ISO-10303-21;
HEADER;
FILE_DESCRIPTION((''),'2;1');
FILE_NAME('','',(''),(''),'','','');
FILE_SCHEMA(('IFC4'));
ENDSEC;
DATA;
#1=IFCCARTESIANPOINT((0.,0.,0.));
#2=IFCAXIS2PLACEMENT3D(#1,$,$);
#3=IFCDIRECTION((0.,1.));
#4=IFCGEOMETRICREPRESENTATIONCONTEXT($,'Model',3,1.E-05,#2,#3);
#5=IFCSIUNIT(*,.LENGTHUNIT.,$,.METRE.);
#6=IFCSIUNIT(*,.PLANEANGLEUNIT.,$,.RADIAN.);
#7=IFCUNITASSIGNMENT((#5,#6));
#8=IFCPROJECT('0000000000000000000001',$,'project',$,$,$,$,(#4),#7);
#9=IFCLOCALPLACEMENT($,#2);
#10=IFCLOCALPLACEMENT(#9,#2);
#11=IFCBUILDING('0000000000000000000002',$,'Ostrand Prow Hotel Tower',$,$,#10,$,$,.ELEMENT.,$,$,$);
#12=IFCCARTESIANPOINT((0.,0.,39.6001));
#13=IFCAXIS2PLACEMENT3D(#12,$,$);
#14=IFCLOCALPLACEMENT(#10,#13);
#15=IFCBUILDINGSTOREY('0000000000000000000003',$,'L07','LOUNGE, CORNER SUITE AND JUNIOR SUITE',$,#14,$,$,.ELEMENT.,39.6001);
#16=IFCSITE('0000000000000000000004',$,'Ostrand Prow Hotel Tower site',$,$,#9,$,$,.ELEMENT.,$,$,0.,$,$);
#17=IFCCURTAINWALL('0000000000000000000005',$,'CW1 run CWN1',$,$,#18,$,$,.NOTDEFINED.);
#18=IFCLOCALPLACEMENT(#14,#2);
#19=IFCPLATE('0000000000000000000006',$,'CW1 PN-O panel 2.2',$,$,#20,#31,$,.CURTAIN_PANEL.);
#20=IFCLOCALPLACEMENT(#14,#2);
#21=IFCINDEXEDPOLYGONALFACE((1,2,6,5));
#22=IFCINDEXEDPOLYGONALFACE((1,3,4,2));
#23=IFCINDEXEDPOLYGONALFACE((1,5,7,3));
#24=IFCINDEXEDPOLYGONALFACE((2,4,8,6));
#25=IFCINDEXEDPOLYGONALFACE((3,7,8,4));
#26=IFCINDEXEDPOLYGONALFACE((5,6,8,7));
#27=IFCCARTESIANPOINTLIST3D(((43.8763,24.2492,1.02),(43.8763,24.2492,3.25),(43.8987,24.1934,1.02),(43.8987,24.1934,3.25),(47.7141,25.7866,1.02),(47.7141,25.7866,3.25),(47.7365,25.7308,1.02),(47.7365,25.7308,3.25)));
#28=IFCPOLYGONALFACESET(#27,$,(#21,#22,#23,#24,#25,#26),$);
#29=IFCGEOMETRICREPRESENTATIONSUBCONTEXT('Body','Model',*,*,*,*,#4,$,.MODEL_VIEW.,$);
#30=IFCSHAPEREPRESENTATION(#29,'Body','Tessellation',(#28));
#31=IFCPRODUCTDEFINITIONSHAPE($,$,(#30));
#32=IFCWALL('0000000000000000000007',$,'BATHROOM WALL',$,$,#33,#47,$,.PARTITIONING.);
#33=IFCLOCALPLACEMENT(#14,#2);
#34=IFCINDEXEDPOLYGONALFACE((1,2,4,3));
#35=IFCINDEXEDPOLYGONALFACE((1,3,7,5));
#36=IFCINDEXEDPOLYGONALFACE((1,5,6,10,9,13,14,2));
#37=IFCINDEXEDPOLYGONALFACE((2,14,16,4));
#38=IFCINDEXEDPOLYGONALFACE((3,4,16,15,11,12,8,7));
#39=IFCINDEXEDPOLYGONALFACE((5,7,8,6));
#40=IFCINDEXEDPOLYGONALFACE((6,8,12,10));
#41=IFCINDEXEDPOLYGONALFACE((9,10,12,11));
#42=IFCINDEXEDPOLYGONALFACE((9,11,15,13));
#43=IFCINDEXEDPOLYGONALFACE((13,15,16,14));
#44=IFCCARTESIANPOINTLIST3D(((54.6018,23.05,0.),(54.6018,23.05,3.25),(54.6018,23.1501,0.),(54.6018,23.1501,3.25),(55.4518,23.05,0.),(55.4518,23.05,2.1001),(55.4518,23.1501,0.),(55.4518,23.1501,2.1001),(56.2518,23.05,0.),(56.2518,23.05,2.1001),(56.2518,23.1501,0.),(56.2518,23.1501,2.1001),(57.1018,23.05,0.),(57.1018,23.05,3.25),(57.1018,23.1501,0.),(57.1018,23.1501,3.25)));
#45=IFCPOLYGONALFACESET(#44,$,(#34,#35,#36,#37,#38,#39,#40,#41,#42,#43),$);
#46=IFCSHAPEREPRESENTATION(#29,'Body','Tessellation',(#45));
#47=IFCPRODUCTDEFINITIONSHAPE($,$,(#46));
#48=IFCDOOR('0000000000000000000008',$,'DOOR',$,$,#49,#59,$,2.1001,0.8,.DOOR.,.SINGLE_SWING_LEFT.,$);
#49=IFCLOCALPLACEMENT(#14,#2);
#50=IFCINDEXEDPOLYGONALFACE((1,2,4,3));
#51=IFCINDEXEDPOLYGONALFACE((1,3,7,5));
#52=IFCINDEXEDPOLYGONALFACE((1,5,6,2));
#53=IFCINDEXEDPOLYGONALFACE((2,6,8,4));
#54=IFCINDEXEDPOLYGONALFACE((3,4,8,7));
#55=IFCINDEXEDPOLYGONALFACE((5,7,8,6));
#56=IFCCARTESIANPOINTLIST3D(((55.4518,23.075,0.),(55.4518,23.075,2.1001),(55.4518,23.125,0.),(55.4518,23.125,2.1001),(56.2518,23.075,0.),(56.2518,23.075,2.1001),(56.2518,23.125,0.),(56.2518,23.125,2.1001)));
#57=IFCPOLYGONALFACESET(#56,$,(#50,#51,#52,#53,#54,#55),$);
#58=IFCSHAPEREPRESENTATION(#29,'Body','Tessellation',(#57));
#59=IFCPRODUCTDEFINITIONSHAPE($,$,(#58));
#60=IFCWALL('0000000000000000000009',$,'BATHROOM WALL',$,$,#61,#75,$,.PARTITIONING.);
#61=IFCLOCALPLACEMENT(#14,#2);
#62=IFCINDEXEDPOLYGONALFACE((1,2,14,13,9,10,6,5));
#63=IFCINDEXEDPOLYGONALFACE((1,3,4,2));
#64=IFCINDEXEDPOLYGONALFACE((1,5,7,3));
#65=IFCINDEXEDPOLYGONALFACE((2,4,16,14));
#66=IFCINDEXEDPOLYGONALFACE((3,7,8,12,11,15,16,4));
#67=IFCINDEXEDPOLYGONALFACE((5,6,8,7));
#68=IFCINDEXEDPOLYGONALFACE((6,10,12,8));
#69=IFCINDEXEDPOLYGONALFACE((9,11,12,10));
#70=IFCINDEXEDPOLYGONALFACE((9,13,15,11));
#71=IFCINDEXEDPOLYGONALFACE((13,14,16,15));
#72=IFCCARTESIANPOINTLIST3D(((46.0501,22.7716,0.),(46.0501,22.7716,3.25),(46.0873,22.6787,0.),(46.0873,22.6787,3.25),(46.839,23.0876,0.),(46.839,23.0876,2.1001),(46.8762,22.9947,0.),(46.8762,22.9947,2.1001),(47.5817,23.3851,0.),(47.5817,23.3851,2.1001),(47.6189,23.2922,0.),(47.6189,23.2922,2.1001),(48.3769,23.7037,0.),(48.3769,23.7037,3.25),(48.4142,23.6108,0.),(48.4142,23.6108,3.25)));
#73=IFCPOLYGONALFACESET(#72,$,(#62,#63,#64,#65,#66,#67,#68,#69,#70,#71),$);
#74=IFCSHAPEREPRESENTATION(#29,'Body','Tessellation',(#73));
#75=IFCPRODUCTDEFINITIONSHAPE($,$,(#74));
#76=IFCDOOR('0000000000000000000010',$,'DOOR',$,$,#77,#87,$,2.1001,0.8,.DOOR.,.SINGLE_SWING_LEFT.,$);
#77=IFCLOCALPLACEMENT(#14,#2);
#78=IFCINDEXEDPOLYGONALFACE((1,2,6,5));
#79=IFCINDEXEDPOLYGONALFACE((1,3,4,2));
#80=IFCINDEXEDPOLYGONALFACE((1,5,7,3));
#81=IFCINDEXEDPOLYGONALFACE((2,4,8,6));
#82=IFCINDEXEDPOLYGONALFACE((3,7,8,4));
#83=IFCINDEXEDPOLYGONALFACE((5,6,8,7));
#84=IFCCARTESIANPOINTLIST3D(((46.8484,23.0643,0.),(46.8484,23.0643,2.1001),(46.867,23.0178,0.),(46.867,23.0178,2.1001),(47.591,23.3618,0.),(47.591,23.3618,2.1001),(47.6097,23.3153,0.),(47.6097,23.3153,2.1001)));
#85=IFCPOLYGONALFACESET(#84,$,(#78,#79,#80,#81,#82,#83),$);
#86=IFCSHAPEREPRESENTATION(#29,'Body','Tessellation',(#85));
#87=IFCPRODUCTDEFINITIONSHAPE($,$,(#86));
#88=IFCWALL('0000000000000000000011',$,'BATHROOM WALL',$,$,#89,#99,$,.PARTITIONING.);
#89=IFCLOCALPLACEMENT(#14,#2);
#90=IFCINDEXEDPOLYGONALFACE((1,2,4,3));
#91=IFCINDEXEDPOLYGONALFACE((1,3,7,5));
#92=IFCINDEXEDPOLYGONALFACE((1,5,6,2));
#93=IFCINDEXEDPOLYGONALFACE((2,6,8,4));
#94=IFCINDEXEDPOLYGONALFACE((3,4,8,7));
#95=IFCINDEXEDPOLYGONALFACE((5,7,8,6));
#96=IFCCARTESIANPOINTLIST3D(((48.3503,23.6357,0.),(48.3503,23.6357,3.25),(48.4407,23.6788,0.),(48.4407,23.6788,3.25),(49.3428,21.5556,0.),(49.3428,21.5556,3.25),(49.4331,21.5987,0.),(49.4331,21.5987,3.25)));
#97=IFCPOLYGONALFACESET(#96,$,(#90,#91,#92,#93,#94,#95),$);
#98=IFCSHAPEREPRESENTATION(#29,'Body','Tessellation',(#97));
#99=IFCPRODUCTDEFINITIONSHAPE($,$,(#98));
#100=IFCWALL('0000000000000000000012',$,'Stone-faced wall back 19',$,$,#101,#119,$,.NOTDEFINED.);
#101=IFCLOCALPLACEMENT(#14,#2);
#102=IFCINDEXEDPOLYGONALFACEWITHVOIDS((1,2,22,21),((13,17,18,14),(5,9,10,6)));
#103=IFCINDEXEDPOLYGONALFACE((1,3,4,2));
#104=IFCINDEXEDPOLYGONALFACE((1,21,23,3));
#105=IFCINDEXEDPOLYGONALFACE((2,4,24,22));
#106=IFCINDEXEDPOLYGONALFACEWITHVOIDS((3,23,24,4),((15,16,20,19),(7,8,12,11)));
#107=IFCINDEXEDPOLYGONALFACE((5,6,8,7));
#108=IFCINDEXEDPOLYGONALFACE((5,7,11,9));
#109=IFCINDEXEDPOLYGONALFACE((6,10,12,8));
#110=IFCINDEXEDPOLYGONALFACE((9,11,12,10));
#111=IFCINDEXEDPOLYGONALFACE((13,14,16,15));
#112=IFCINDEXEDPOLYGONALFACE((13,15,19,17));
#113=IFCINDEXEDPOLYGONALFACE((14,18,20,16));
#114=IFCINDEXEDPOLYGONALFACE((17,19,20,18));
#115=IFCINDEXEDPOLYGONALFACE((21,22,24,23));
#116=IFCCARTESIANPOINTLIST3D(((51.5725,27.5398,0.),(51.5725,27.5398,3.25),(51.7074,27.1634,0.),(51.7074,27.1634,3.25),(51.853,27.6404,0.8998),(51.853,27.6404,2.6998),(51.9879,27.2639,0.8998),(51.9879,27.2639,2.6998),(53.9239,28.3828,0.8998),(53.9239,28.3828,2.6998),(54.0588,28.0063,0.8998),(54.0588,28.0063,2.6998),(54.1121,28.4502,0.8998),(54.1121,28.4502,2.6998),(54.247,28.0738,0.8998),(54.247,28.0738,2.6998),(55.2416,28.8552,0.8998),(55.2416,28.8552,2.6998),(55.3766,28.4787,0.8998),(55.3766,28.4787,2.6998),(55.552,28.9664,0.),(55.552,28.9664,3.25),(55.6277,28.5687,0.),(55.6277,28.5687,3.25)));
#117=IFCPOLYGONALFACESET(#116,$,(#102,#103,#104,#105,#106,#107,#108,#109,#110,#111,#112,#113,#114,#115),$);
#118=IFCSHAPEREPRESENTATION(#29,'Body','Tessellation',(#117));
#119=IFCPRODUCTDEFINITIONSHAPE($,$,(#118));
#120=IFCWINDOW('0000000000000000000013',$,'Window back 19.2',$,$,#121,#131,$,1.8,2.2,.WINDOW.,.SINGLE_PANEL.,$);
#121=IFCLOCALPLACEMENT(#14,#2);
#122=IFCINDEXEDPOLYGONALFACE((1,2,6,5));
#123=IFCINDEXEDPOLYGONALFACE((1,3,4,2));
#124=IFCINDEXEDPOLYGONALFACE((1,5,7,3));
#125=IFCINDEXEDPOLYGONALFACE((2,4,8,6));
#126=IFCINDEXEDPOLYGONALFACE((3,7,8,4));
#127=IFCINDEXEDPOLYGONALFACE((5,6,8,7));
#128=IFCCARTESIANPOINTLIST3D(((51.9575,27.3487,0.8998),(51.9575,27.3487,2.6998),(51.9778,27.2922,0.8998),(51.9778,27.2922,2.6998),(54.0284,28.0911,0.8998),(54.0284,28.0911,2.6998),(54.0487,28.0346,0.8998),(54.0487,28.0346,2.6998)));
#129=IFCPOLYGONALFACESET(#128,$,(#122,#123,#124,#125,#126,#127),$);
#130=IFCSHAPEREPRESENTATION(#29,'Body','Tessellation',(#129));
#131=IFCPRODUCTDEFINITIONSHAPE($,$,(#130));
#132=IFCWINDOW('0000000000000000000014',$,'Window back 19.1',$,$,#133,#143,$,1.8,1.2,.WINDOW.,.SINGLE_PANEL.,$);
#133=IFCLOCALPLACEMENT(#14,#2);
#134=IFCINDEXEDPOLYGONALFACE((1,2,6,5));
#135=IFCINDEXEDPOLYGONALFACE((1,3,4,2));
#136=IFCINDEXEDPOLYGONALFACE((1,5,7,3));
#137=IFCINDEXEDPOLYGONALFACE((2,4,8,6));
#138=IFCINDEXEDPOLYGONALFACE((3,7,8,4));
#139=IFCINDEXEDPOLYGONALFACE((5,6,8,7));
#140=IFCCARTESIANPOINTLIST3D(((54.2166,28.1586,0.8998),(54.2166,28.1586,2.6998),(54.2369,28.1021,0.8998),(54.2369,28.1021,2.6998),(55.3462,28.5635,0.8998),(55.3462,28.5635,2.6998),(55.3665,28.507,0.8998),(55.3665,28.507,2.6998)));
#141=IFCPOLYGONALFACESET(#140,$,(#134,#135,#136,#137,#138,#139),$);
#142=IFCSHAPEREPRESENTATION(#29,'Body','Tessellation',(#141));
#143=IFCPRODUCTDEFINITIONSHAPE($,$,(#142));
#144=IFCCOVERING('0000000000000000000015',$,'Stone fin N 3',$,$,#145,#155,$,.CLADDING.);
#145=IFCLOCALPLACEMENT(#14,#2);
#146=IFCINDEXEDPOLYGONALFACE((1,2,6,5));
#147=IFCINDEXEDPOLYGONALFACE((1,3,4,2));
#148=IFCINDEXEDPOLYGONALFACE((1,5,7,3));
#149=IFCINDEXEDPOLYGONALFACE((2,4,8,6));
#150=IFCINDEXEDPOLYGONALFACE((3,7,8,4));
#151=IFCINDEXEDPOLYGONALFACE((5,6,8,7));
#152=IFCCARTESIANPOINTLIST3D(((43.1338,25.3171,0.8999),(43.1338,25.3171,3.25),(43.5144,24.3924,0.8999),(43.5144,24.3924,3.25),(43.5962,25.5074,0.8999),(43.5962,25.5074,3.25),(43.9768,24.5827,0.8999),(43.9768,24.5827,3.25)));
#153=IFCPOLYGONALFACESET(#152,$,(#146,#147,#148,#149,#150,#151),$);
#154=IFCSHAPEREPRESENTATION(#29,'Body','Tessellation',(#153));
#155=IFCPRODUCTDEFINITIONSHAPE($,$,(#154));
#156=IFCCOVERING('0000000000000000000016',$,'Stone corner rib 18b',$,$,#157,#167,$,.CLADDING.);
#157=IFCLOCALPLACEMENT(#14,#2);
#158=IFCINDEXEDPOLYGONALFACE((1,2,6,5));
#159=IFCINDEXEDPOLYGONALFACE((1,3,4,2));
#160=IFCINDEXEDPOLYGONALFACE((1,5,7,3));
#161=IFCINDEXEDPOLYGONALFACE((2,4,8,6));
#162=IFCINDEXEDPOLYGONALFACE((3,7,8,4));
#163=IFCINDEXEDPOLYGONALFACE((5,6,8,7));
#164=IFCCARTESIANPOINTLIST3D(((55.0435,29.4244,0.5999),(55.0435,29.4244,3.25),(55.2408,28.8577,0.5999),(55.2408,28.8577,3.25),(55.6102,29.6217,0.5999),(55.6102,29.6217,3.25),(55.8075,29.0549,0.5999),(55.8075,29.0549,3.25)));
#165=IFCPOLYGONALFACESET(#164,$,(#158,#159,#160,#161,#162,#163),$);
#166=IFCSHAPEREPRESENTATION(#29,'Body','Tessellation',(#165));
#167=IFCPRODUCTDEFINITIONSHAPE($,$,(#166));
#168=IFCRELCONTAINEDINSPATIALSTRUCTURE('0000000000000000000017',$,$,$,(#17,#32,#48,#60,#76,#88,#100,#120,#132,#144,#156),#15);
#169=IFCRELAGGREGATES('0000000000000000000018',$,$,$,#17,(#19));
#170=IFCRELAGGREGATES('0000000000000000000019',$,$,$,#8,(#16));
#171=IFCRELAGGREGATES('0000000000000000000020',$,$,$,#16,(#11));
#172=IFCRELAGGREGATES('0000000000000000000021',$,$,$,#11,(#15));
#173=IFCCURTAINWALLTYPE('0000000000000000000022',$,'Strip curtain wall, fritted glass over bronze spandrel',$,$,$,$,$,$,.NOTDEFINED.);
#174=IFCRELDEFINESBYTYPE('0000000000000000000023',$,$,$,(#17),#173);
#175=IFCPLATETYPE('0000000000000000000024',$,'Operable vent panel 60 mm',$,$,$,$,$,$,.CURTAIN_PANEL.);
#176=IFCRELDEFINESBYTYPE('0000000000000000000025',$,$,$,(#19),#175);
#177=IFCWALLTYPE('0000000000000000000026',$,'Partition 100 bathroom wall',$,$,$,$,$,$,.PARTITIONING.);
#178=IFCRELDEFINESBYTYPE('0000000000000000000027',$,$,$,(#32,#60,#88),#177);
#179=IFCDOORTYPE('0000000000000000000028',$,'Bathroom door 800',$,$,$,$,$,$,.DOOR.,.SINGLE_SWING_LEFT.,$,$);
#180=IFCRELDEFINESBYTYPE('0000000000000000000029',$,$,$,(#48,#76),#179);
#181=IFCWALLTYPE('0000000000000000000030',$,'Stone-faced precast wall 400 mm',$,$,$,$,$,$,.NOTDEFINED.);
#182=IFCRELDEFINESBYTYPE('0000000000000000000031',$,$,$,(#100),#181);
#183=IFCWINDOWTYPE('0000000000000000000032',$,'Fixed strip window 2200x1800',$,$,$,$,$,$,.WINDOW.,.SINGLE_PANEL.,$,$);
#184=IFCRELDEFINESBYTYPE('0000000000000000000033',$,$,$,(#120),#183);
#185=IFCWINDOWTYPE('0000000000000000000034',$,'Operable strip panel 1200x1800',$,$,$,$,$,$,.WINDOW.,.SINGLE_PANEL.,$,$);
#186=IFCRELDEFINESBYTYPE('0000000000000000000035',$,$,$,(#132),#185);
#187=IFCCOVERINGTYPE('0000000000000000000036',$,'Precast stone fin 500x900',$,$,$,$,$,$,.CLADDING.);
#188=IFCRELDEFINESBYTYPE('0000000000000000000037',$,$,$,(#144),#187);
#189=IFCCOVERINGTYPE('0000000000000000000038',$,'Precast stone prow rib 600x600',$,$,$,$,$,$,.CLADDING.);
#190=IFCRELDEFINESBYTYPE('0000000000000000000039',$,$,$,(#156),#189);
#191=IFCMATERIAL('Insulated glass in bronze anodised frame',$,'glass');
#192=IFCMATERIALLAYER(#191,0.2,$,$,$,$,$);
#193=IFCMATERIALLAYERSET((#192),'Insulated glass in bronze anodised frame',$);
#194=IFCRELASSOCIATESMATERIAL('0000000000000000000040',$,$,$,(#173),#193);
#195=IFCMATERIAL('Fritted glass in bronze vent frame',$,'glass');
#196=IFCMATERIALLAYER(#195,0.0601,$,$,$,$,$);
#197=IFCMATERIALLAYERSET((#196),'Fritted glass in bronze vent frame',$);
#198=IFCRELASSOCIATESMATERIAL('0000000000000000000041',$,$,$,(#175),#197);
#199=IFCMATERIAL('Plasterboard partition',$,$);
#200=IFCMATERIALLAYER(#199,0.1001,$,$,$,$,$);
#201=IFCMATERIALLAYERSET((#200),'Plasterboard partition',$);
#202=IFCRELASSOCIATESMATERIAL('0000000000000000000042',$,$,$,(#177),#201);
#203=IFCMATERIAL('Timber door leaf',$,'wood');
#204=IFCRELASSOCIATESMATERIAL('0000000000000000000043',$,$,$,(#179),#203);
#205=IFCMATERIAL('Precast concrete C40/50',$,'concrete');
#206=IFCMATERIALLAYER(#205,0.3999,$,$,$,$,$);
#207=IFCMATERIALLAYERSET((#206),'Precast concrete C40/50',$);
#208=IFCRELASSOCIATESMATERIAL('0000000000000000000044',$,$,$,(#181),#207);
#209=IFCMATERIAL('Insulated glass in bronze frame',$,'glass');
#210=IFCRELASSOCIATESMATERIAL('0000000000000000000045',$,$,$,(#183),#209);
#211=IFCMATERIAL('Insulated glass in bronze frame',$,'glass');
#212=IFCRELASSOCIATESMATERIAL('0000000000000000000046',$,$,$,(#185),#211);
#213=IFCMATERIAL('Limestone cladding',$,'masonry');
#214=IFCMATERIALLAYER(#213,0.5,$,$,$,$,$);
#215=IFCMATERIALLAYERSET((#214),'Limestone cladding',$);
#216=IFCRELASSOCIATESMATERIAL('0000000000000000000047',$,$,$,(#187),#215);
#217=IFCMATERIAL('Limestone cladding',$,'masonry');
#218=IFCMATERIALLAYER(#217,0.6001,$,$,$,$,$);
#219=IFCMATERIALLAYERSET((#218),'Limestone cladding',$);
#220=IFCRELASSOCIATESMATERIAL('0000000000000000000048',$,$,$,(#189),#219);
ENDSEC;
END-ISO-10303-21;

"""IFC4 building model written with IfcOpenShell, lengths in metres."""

from ifc_helpers import new_model, si_unit, direction, frame, frame_2d, origin, origin_2d, place, context, subcontext, project, spatial, polyline, rectangle, outline, extrude, material, layer, layer_set, type_object, element, fill, aggregate, save


model = new_model("IFC4")

# Units and contexts
model_context = context("Model", 3, precision=1e-05, world=origin(), true_north=direction((0.0, 1.0)))
body_context = subcontext(model_context, "Body", "Model", "MODEL_VIEW")
ifc_project = project(units=[si_unit("LENGTHUNIT", "METRE"), si_unit("PLANEANGLEUNIT", "RADIAN")], contexts=[model_context])

# Site, building, storey
site_placement = place(None, origin())
site = spatial("IfcSite", under=ifc_project, at=site_placement, Name="Ostrand Prow Hotel Tower site", CompositionType="ELEMENT", RefElevation=0.0)
building_placement = place(site_placement, origin())
building = spatial("IfcBuilding", under=site, at=building_placement, Name="Ostrand Prow Hotel Tower", CompositionType="ELEMENT")
storey_placement = place(building_placement, frame((0.0, 0.0, 39.6001)))
storey = spatial("IfcBuildingStorey", under=building, at=storey_placement, Name="L07", Description="LOUNGE, CORNER SUITE AND JUNIOR SUITE", CompositionType="ELEMENT", Elevation=39.6001)

# Curtain wall
ifc_material_1 = material(Name="Insulated glass in bronze anodised frame", Category="glass")
ifc_layer_1 = layer(ifc_material_1, 0.2)
ifc_layer_set_1 = layer_set([ifc_layer_1], Name="Insulated glass in bronze anodised frame")
curtain_wall_type = type_object("IfcCurtainWallType", Name="Strip curtain wall, fritted glass over bronze spandrel", PredefinedType="NOTDEFINED", material=ifc_layer_set_1)
curtain_wall_1_placement = place(storey_placement, origin())
curtain_wall_1 = element("IfcCurtainWall", 1, at=curtain_wall_1_placement, inside=storey, type_object=curtain_wall_type, Name="CW1 run CWN1", PredefinedType="NOTDEFINED")

# Plate
ifc_material_2 = material(Name="Fritted glass in bronze vent frame", Category="glass")
ifc_layer_2 = layer(ifc_material_2, 0.0601)
ifc_layer_set_2 = layer_set([ifc_layer_2], Name="Fritted glass in bronze vent frame")
plate_type_1 = type_object("IfcPlateType", Name="Operable vent panel 60 mm", PredefinedType="CURTAIN_PANEL", material=ifc_layer_set_2)
plate_1_placement = place(storey_placement, frame((45.8064, 24.99, 1.02), z_axis=(0.0, 0.0, 1.0), x_axis=(-0.928283, -0.371873, 0.0)))
plate_1 = element("IfcPlate", 2, at=plate_1_placement, type_object=plate_type_1, Name="CW1 PN-O panel 2.2", PredefinedType="CURTAIN_PANEL", context=body_context, shape_type="SweptSolid", body=[
    extrude(rectangle(XDim=4.1343, YDim=0.0601, at=origin_2d()), origin(), (0.0, 0.0, 1.0), 2.23),
])
aggregate(curtain_wall_1, [plate_1])

# Walls, openings, doors
ifc_material_3 = material(Name="Plasterboard partition")
ifc_layer_3 = layer(ifc_material_3, 0.1001)
ifc_layer_set_3 = layer_set([ifc_layer_3], Name="Plasterboard partition")
wall_type_1 = type_object("IfcWallType", Name="Partition 100 bathroom wall", PredefinedType="PARTITIONING", material=ifc_layer_set_3)
wall_1_placement = place(storey_placement, frame((54.6018, 23.1001, 0.0), z_axis=(0.0, 0.0, 1.0), x_axis=(1.0, 0.0, 0.0)))
wall_1 = element("IfcWall", 3, at=wall_1_placement, inside=storey, type_object=wall_type_1, Name="BATHROOM WALL", PredefinedType="PARTITIONING", context=body_context, shape_type="SweptSolid", body=[
    extrude(rectangle(XDim=2.5, YDim=0.1001, at=frame_2d((1.25, 0.0))), origin(), (0.0, 0.0, 1.0), 3.25),
])
opening_1_placement = place(wall_1_placement, frame((0.8501, 0.0, 0.0)))
opening_1 = element("IfcOpeningElement", 4, at=opening_1_placement, cuts=wall_1, PredefinedType="OPENING", context=body_context, shape_type="SweptSolid", body=[
    extrude(rectangle(XDim=0.8, YDim=2.1001, at=frame_2d((0.3999, 1.05))), frame((0.0, 0.0601, 0.0), z_axis=(0.0, -1.0, 0.0), x_axis=(1.0, 0.0, 0.0)), (0.0, 0.0, 1.0), 0.1201),
])
ifc_material_4 = material(Name="Timber door leaf", Category="wood")
door_type = type_object("IfcDoorType", Name="Bathroom door 800", OperationType="SINGLE_SWING_LEFT", PredefinedType="DOOR", material=ifc_material_4)
door_1_placement = place(opening_1_placement, origin())
door_1 = element("IfcDoor", 5, at=door_1_placement, inside=storey, type_object=door_type, Name="DOOR", OperationType="SINGLE_SWING_LEFT", OverallHeight=2.1001, OverallWidth=0.8, PredefinedType="DOOR", context=body_context, shape_type="SweptSolid", body=[
    extrude(rectangle(XDim=0.8, YDim=2.1001, at=frame_2d((0.3999, 1.05))), frame((0.0, 0.0249, 0.0), z_axis=(0.0, -1.0, 0.0), x_axis=(1.0, 0.0, 0.0)), (0.0, 0.0, 1.0), 0.05),
])
fill(opening_1, door_1)
wall_2_placement = place(storey_placement, frame((46.0686, 22.7251, 0.0), z_axis=(0.0, 0.0, 1.0), x_axis=(0.928288, 0.371861, 0.0)))
wall_2 = element("IfcWall", 6, at=wall_2_placement, inside=storey, type_object=wall_type_1, Name="BATHROOM WALL", PredefinedType="PARTITIONING", context=body_context, shape_type="SweptSolid", body=[
    extrude(rectangle(XDim=2.5066, YDim=0.1001, at=frame_2d((1.2534, 0.0))), origin(), (0.0, 0.0, 1.0), 3.25),
])
opening_2_placement = place(wall_2_placement, frame((0.8501, 0.0, 0.0)))
opening_2 = element("IfcOpeningElement", 7, at=opening_2_placement, cuts=wall_2, PredefinedType="OPENING", context=body_context, shape_type="SweptSolid", body=[
    extrude(rectangle(XDim=0.8, YDim=2.1001, at=frame_2d((0.3999, 1.05))), frame((0.0, 0.0601, 0.0), z_axis=(0.0, -1.0, 0.0), x_axis=(1.0, 0.0, 0.0)), (0.0, 0.0, 1.0), 0.1201),
])
door_2_placement = place(opening_2_placement, origin())
door_2 = element("IfcDoor", 8, at=door_2_placement, inside=storey, type_object=door_type, Name="DOOR", OperationType="SINGLE_SWING_LEFT", OverallHeight=2.1001, OverallWidth=0.8, PredefinedType="DOOR", context=body_context, shape_type="SweptSolid", body=[
    extrude(rectangle(XDim=0.8, YDim=2.1001, at=frame_2d((0.3999, 1.05))), frame((0.0, 0.0249, 0.0), z_axis=(0.0, -1.0, 0.0), x_axis=(1.0, 0.0, 0.0)), (0.0, 0.0, 1.0), 0.05),
])
fill(opening_2, door_2)

# Wall
wall_3_placement = place(storey_placement, frame((48.3955, 23.6572, 0.0), z_axis=(0.0, 0.0, 1.0), x_axis=(0.430612, -0.902537, 0.0)))
element("IfcWall", 9, at=wall_3_placement, inside=storey, type_object=wall_type_1, Name="BATHROOM WALL", PredefinedType="PARTITIONING", context=body_context, shape_type="SweptSolid", body=[
    extrude(rectangle(XDim=2.3047, YDim=0.1001, at=frame_2d((1.1523, 0.0))), origin(), (0.0, 0.0, 1.0), 3.25),
])

# Wall, openings, windows
ifc_material_5 = material(Name="Precast concrete C40/50", Category="concrete")
ifc_layer_4 = layer(ifc_material_5, 0.3999)
ifc_layer_set_4 = layer_set([ifc_layer_4], Name="Precast concrete C40/50")
wall_type_2 = type_object("IfcWallType", Name="Stone-faced precast wall 400 mm", PredefinedType="NOTDEFINED", material=ifc_layer_set_4)
wall_4_placement = place(storey_placement, frame((55.5898, 28.7676, 0.0), z_axis=(0.0, 0.0, 1.0), x_axis=(-0.94134, -0.33746, 0.0)))
wall_4 = element("IfcWall", 10, at=wall_4_placement, inside=storey, type_object=wall_type_2, Name="Stone-faced wall back 19", PredefinedType="NOTDEFINED", context=body_context, shape_type="SweptSolid", body=[
    extrude(outline(polyline([(-0.0315, -0.2), (4.196, -0.2), (4.196, 0.2), (0.0315, 0.2), (-0.0315, -0.2)])), origin(), (0.0, 0.0, 1.0), 3.25),
])
opening_3_placement = place(wall_4_placement, frame((0.2981, 0.0, 0.8999)))
opening_3 = element("IfcOpeningElement", 11, at=opening_3_placement, cuts=wall_4, PredefinedType="OPENING", context=body_context, shape_type="SweptSolid", body=[
    extrude(rectangle(XDim=1.2, YDim=1.8, at=frame_2d((0.6001, 0.8999))), frame((0.0, 0.21, 0.0), z_axis=(0.0, -1.0, 0.0), x_axis=(1.0, 0.0, 0.0)), (0.0, 0.0, 1.0), 0.4199),
])
opening_4_placement = place(wall_4_placement, frame((1.698, 0.0, 0.8999)))
opening_4 = element("IfcOpeningElement", 12, at=opening_4_placement, cuts=wall_4, PredefinedType="OPENING", context=body_context, shape_type="SweptSolid", body=[
    extrude(rectangle(XDim=2.2, YDim=1.8, at=frame_2d((1.1001, 0.8999))), frame((0.0, 0.21, 0.0), z_axis=(0.0, -1.0, 0.0), x_axis=(1.0, 0.0, 0.0)), (0.0, 0.0, 1.0), 0.4199),
])
ifc_material_6 = material(Name="Insulated glass in bronze frame", Category="glass")
window_type_1 = type_object("IfcWindowType", Name="Fixed strip window 2200x1800", PartitioningType="SINGLE_PANEL", PredefinedType="WINDOW", material=ifc_material_6)
window_1_placement = place(opening_4_placement, origin())
window_1 = element("IfcWindow", 13, at=window_1_placement, inside=storey, type_object=window_type_1, Name="Window back 19.2", OverallHeight=1.8, OverallWidth=2.2, PartitioningType="SINGLE_PANEL", PredefinedType="WINDOW", context=body_context, shape_type="SweptSolid", body=[
    extrude(rectangle(XDim=2.2, YDim=1.8, at=frame_2d((1.1001, 0.8999))), frame((0.0, 0.1699, 0.0), z_axis=(0.0, -1.0, 0.0), x_axis=(1.0, 0.0, 0.0)), (0.0, 0.0, 1.0), 0.0601),
])
fill(opening_4, window_1)
ifc_material_7 = material(Name="Insulated glass in bronze frame", Category="glass")
window_type_2 = type_object("IfcWindowType", Name="Operable strip panel 1200x1800", PartitioningType="SINGLE_PANEL", PredefinedType="WINDOW", material=ifc_material_7)
window_2_placement = place(opening_3_placement, origin())
window_2 = element("IfcWindow", 14, at=window_2_placement, inside=storey, type_object=window_type_2, Name="Window back 19.1", OverallHeight=1.8, OverallWidth=1.2, PartitioningType="SINGLE_PANEL", PredefinedType="WINDOW", context=body_context, shape_type="SweptSolid", body=[
    extrude(rectangle(XDim=1.2, YDim=1.8, at=frame_2d((0.6001, 0.8999))), frame((0.0, 0.1699, 0.0), z_axis=(0.0, -1.0, 0.0), x_axis=(1.0, 0.0, 0.0)), (0.0, 0.0, 1.0), 0.0601),
])
fill(opening_3, window_2)

# Coverings
ifc_material_8 = material(Name="Limestone cladding", Category="masonry")
ifc_layer_5 = layer(ifc_material_8, 0.5)
ifc_layer_set_5 = layer_set([ifc_layer_5], Name="Limestone cladding")
covering_type_1 = type_object("IfcCoveringType", Name="Precast stone fin 500x900", PredefinedType="CLADDING", material=ifc_layer_set_5)
covering_1_placement = place(storey_placement, frame((43.7456, 24.4875, 0.8999), z_axis=(0.0, 0.0, 1.0), x_axis=(-0.38059, 0.924744, 0.0)))
element("IfcCovering", 15, at=covering_1_placement, inside=storey, type_object=covering_type_1, Name="Stone fin N 3", PredefinedType="CLADDING", context=body_context, shape_type="SweptSolid", body=[
    extrude(rectangle(XDim=1.0, YDim=0.5, at=frame_2d((0.5, 0.0))), origin(), (0.0, 0.0, 1.0), 2.3501),
])
ifc_material_9 = material(Name="Limestone cladding", Category="masonry")
ifc_layer_6 = layer(ifc_material_9, 0.6001)
ifc_layer_set_6 = layer_set([ifc_layer_6], Name="Limestone cladding")
covering_type_2 = type_object("IfcCoveringType", Name="Precast stone prow rib 600x600", PredefinedType="CLADDING", material=ifc_layer_set_6)
covering_2_placement = place(storey_placement, frame((55.5242, 28.9563, 0.5999), z_axis=(0.0, 0.0, 1.0), x_axis=(-0.328773, 0.944409, 0.0)))
element("IfcCovering", 16, at=covering_2_placement, inside=storey, type_object=covering_type_2, Name="Stone corner rib 18b", PredefinedType="CLADDING", context=body_context, shape_type="SweptSolid", body=[
    extrude(rectangle(XDim=0.6001, YDim=0.6001, at=frame_2d((0.3, 0.0))), origin(), (0.0, 0.0, 1.0), 2.6501),
])

save(model, "model.ifc")
